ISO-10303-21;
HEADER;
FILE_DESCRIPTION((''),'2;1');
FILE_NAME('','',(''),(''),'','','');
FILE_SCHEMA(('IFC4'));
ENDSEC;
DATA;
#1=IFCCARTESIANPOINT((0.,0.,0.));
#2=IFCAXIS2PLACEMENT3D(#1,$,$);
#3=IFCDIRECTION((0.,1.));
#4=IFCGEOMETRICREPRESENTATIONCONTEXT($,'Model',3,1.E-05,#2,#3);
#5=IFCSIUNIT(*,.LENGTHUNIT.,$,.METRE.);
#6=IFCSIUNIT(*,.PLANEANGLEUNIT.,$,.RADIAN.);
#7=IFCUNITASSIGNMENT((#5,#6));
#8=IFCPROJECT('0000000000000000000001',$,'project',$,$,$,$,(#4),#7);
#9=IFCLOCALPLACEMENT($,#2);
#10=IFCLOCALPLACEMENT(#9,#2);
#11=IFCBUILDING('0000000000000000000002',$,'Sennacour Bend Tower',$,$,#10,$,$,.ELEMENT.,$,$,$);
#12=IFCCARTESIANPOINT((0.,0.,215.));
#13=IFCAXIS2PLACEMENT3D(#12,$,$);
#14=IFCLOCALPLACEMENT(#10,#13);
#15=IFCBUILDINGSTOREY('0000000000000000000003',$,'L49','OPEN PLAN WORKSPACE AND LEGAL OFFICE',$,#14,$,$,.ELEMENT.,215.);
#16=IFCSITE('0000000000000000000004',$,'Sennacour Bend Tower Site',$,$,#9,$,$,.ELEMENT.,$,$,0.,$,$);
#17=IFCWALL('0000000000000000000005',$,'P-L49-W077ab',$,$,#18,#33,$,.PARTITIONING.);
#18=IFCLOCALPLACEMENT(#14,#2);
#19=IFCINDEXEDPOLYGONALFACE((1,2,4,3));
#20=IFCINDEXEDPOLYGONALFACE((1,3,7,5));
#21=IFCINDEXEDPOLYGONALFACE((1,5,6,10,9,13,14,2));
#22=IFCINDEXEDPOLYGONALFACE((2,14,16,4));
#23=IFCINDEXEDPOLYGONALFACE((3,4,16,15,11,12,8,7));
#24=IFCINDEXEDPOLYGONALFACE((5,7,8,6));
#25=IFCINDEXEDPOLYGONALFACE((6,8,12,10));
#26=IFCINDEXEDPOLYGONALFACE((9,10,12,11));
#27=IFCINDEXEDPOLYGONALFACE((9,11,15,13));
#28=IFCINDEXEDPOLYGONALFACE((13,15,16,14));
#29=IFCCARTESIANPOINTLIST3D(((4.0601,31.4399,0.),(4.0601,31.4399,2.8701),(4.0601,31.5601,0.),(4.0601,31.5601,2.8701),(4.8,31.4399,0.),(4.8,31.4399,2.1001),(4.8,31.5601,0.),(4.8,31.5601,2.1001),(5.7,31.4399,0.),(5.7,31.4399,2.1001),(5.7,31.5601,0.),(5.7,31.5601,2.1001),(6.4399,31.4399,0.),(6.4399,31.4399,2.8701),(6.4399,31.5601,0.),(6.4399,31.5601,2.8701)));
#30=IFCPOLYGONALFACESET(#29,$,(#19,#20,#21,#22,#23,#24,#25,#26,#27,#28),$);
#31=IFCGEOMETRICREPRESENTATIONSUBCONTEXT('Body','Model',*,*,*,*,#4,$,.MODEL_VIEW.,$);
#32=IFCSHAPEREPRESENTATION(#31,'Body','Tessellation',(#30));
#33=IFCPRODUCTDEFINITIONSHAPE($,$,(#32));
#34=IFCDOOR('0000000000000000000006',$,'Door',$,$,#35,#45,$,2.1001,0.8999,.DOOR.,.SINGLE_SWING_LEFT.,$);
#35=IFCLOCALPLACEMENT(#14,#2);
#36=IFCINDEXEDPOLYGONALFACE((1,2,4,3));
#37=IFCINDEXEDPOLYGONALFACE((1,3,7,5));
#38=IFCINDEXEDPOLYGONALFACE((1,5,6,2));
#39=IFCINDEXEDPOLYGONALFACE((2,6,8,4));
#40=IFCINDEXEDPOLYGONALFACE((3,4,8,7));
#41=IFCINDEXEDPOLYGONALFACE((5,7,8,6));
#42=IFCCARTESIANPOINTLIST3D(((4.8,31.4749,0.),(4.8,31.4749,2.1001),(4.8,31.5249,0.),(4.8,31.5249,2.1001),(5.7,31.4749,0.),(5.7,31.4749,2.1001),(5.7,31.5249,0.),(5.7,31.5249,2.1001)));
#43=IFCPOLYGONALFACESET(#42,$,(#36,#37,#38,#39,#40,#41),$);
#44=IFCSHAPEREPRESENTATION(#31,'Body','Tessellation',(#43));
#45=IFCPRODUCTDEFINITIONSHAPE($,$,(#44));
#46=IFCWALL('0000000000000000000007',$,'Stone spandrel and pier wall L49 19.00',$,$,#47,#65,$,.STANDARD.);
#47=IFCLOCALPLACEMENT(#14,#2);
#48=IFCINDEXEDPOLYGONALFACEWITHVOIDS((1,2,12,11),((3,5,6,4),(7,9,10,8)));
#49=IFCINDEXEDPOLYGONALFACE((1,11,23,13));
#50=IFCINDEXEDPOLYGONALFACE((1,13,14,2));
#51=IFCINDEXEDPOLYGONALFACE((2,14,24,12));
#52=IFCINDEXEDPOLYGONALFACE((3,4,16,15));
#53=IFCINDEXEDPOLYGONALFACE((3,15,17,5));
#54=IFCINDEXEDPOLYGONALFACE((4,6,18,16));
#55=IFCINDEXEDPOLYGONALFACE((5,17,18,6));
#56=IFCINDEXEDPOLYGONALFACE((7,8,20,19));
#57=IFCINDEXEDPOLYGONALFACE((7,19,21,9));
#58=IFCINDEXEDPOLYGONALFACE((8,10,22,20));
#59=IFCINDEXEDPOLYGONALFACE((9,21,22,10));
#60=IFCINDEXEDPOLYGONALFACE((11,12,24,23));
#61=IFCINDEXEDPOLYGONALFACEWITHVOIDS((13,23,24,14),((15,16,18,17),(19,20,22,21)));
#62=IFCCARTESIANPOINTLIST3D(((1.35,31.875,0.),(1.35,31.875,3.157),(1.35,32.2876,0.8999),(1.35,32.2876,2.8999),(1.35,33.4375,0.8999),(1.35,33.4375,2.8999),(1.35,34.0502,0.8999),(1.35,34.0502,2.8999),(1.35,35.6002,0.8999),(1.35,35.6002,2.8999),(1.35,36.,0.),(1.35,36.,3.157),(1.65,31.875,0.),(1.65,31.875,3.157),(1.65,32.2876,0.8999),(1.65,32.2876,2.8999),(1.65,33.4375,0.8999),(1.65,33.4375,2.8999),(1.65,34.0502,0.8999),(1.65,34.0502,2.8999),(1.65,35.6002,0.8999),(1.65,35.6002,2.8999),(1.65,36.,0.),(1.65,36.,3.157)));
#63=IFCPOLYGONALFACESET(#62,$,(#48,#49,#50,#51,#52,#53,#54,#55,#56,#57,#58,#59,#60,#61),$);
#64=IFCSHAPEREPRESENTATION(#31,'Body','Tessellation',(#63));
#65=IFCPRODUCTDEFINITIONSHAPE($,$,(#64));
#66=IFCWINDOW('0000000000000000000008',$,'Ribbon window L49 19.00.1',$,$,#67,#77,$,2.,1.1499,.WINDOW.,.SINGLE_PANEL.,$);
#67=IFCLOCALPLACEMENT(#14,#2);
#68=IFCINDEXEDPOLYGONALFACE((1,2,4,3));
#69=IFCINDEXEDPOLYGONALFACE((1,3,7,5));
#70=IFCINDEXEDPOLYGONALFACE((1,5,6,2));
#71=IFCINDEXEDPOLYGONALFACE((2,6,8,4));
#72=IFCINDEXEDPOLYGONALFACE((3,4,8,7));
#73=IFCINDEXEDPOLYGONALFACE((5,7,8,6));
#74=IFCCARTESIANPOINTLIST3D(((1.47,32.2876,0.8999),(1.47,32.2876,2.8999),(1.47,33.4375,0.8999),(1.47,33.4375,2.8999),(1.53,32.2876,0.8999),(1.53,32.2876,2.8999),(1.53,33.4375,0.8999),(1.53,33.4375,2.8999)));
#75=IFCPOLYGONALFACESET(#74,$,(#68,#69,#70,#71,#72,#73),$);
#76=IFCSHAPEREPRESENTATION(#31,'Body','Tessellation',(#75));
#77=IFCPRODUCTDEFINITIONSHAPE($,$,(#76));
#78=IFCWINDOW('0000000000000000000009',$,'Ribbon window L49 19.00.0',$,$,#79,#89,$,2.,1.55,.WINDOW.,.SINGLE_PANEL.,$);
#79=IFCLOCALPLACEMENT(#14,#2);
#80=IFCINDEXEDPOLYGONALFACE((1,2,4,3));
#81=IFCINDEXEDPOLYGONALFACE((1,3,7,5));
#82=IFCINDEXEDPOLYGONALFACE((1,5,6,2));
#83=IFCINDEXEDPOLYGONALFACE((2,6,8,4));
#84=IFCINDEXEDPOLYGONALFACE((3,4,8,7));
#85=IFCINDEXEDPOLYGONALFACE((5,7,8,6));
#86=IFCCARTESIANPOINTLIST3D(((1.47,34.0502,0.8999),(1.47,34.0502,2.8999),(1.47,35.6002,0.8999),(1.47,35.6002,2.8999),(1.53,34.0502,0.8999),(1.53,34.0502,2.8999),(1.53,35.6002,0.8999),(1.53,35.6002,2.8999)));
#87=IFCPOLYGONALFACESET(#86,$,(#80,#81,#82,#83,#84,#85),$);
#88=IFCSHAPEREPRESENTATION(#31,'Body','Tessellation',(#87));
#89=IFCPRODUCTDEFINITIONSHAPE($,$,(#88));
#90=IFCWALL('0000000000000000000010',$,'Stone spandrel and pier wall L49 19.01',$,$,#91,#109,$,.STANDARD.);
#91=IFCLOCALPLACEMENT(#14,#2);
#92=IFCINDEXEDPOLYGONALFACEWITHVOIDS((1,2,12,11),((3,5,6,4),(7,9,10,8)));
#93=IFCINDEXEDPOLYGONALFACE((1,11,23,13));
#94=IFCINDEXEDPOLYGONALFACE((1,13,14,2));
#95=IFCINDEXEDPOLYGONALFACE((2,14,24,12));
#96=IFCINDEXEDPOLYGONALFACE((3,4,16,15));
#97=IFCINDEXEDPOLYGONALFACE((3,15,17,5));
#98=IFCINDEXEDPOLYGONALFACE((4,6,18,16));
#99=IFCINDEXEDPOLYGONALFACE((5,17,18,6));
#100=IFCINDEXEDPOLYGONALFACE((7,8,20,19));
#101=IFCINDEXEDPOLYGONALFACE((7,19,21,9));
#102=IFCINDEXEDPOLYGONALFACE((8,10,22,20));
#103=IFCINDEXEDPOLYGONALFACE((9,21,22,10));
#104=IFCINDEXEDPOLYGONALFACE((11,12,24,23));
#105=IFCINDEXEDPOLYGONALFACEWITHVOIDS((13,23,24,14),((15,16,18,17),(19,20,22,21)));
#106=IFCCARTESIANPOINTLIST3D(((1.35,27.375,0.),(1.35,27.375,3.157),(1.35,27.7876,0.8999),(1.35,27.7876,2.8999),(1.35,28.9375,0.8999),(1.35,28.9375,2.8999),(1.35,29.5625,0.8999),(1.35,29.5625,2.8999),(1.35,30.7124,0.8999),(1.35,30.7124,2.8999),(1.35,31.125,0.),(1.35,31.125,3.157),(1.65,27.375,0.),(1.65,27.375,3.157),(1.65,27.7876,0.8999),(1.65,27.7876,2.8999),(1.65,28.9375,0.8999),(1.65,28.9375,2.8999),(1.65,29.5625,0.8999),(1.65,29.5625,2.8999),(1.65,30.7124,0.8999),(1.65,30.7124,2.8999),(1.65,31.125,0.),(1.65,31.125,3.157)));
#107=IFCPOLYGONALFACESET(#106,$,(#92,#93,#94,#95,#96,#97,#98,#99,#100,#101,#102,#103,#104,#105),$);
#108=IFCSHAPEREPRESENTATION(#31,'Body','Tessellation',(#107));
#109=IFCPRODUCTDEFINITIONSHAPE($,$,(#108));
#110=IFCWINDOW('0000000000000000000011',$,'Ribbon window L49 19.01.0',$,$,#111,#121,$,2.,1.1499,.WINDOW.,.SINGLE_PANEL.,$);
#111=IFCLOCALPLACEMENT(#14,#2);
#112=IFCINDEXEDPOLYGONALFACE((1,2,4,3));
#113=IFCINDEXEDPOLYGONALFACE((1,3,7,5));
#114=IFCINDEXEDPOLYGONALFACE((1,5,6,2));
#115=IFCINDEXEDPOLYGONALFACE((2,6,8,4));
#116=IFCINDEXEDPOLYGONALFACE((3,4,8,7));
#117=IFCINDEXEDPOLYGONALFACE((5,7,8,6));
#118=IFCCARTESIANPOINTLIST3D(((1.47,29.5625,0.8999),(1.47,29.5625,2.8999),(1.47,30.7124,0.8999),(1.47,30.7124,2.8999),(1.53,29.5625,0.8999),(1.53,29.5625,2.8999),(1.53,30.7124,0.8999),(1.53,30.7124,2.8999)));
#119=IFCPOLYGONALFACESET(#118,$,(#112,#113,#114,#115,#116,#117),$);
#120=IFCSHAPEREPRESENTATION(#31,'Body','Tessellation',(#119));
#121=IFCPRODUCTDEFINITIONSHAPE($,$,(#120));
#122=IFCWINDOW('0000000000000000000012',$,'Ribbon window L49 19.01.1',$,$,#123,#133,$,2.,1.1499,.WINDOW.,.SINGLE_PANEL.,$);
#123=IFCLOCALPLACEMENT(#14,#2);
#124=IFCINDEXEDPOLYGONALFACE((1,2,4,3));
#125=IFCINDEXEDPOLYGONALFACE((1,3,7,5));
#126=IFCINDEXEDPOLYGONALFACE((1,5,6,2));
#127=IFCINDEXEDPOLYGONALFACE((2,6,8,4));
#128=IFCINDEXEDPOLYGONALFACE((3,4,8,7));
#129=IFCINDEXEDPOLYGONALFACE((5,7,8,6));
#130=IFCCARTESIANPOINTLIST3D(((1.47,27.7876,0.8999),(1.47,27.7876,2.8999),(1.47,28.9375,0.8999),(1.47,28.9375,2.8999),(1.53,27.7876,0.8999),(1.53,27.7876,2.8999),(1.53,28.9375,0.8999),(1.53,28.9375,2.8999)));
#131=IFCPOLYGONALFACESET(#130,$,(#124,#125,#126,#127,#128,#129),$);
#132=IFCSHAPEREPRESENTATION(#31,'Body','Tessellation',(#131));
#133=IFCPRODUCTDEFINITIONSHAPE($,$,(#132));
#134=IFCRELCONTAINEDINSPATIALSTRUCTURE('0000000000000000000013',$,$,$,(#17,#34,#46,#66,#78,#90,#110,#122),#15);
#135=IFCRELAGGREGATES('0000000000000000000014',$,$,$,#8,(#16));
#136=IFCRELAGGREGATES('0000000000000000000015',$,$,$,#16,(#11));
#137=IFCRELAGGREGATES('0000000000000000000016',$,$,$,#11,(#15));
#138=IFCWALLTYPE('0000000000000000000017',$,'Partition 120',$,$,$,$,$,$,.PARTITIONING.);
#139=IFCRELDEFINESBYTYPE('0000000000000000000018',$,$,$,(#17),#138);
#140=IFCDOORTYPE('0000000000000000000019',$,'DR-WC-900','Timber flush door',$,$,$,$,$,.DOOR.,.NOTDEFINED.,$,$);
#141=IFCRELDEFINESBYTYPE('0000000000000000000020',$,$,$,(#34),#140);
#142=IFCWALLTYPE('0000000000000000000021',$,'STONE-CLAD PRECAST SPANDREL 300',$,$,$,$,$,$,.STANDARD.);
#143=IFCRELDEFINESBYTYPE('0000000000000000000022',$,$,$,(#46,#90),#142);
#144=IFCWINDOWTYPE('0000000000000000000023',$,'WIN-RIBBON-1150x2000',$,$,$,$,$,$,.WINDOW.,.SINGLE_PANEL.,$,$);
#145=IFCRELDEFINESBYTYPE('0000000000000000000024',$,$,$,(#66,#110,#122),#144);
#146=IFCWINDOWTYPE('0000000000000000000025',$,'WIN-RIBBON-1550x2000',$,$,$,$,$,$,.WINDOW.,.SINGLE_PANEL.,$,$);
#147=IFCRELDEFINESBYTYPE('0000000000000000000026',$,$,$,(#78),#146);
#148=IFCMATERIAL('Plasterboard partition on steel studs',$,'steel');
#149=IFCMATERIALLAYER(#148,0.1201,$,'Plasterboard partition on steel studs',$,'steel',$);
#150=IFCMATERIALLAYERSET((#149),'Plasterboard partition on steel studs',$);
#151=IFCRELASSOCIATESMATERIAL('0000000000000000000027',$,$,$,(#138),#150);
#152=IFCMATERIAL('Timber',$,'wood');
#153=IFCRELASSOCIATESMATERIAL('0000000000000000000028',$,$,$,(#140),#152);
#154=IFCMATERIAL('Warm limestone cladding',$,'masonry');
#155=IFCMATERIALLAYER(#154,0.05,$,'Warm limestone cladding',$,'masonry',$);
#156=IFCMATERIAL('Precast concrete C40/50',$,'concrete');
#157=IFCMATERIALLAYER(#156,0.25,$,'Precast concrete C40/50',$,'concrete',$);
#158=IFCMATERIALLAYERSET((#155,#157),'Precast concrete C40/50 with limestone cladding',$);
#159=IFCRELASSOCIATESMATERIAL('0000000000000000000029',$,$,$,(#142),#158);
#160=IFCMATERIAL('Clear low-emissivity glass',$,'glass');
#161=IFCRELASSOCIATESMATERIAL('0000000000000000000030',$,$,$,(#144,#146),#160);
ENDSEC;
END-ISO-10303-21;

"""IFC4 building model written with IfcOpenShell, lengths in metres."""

from ifc_helpers import new_model, si_unit, direction, frame, frame_2d, origin, place, context, subcontext, project, spatial, rectangle, extrude, material, layer, layer_set, type_object, element, fill, save


model = new_model("IFC4")

# Units and contexts
model_context = context("Model", 3, precision=1e-05, world=origin(), true_north=direction((0.0, 1.0)))
body_context = subcontext(model_context, "Body", "Model", "MODEL_VIEW")
ifc_project = project(units=[si_unit("LENGTHUNIT", "METRE"), si_unit("PLANEANGLEUNIT", "RADIAN")], contexts=[model_context])

# Site, building, storey
site_placement = place(None, origin())
site = spatial("IfcSite", under=ifc_project, at=site_placement, Name="Sennacour Bend Tower Site", CompositionType="ELEMENT", RefElevation=0.0)
building_placement = place(site_placement, origin())
building = spatial("IfcBuilding", under=site, at=building_placement, Name="Sennacour Bend Tower", CompositionType="ELEMENT")
storey_placement = place(building_placement, frame((0.0, 0.0, 215.0)))
storey = spatial("IfcBuildingStorey", under=building, at=storey_placement, Name="L49", Description="OPEN PLAN WORKSPACE AND LEGAL OFFICE", CompositionType="ELEMENT", Elevation=215.0)

# Shared definitions
ifc_material_1 = material(Name="Plasterboard partition on steel studs", Category="steel")
ifc_layer_1 = layer(ifc_material_1, 0.1201, Name="Plasterboard partition on steel studs", Category="steel")
ifc_layer_set_1 = layer_set([ifc_layer_1], Name="Plasterboard partition on steel studs")
wall_type_1 = type_object("IfcWallType", Name="Partition 120", PredefinedType="PARTITIONING", material=ifc_layer_set_1)

# Wall, opening, door
ifc_material_2 = material(Name="Timber", Category="wood")
door_type_1 = type_object("IfcDoorType", Name="DR-WC-900", Description="Timber flush door", OperationType="NOTDEFINED", PredefinedType="DOOR", material=ifc_material_2)
wall_1_placement = place(storey_placement, frame((4.0601, 31.5, 0.0), z_axis=(0.0, 0.0, 1.0), x_axis=(1.0, 0.0, 0.0)))
wall_1 = element("IfcWall", 1, at=wall_1_placement, inside=storey, type_object=wall_type_1, Name="P-L49-W077ab", PredefinedType="PARTITIONING", context=body_context, shape_type="SweptSolid", body=[
    extrude(rectangle(XDim=2.3799, YDim=0.1201, at=frame_2d((1.1899, 0.0))), origin(), (0.0, 0.0, 1.0), 2.8701),
])
opening_1_placement = place(wall_1_placement, frame((0.74, 0.0, 0.0)))
opening_1 = element("IfcOpeningElement", 2, at=opening_1_placement, cuts=wall_1, PredefinedType="OPENING", context=body_context, shape_type="SweptSolid", body=[
    extrude(rectangle(XDim=0.8999, YDim=2.1001, at=frame_2d((0.45, 1.05))), frame((0.0, 0.0701, 0.0), z_axis=(0.0, -1.0, 0.0), x_axis=(1.0, 0.0, 0.0)), (0.0, 0.0, 1.0), 0.1401),
])
door_1_placement = place(opening_1_placement, origin())
door_1 = element("IfcDoor", 3, at=door_1_placement, inside=storey, type_object=door_type_1, Name="Door", OperationType="SINGLE_SWING_LEFT", OverallHeight=2.1001, OverallWidth=0.8999, PredefinedType="DOOR", context=body_context, shape_type="SweptSolid", body=[
    extrude(rectangle(XDim=0.8999, YDim=2.1001, at=frame_2d((0.45, 1.05))), frame((0.0, 0.0249, 0.0), z_axis=(0.0, -1.0, 0.0), x_axis=(1.0, 0.0, 0.0)), (0.0, 0.0, 1.0), 0.05),
])
fill(opening_1, door_1)

# Walls, openings, windows
ifc_material_3 = material(Name="Warm limestone cladding", Category="masonry")
ifc_layer_2 = layer(ifc_material_3, 0.05, Name="Warm limestone cladding", Category="masonry")
ifc_material_4 = material(Name="Precast concrete C40/50", Category="concrete")
ifc_layer_3 = layer(ifc_material_4, 0.25, Name="Precast concrete C40/50", Category="concrete")
ifc_layer_set_2 = layer_set([ifc_layer_2, ifc_layer_3], Name="Precast concrete C40/50 with limestone cladding")
wall_type_2 = type_object("IfcWallType", Name="STONE-CLAD PRECAST SPANDREL 300", PredefinedType="STANDARD", material=ifc_layer_set_2)
wall_2_placement = place(storey_placement, frame((1.5, 36.0, 0.0), z_axis=(0.0, 0.0, 1.0), x_axis=(0.0, -1.0, 0.0)))
wall_2 = element("IfcWall", 4, at=wall_2_placement, inside=storey, type_object=wall_type_2, Name="Stone spandrel and pier wall L49 19.00", PredefinedType="STANDARD", context=body_context, shape_type="SweptSolid", body=[
    extrude(rectangle(XDim=4.125, YDim=0.3, at=frame_2d((2.0625, 0.0))), origin(), (0.0, 0.0, 1.0), 3.157),
])
opening_2_placement = place(wall_2_placement, frame((0.3999, 0.0, 0.8999)))
opening_2 = element("IfcOpeningElement", 5, at=opening_2_placement, cuts=wall_2, PredefinedType="OPENING", context=body_context, shape_type="SweptSolid", body=[
    extrude(rectangle(XDim=1.55, YDim=2.0, at=frame_2d((0.7749, 1.0))), frame((0.0, 0.1602, 0.0), z_axis=(0.0, -1.0, 0.0), x_axis=(1.0, 0.0, 0.0)), (0.0, 0.0, 1.0), 0.3201),
])
opening_3_placement = place(wall_2_placement, frame((2.5625, 0.0, 0.8999)))
opening_3 = element("IfcOpeningElement", 6, at=opening_3_placement, cuts=wall_2, PredefinedType="OPENING", context=body_context, shape_type="SweptSolid", body=[
    extrude(rectangle(XDim=1.1499, YDim=2.0, at=frame_2d((0.575, 1.0))), frame((0.0, 0.1602, 0.0), z_axis=(0.0, -1.0, 0.0), x_axis=(1.0, 0.0, 0.0)), (0.0, 0.0, 1.0), 0.3201),
])
ifc_material_5 = material(Name="Clear low-emissivity glass", Category="glass")
window_type_1 = type_object("IfcWindowType", Name="WIN-RIBBON-1150x2000", PartitioningType="SINGLE_PANEL", PredefinedType="WINDOW", material=ifc_material_5)
window_1_placement = place(opening_3_placement, origin())
window_1 = element("IfcWindow", 7, at=window_1_placement, inside=storey, type_object=window_type_1, Name="Ribbon window L49 19.00.1", OverallHeight=2.0, OverallWidth=1.1499, PartitioningType="SINGLE_PANEL", PredefinedType="WINDOW", context=body_context, shape_type="SweptSolid", body=[
    extrude(rectangle(XDim=1.1499, YDim=2.0, at=frame_2d((0.575, 1.0))), frame((0.0, 0.03, 0.0), z_axis=(0.0, -1.0, 0.0), x_axis=(1.0, 0.0, 0.0)), (0.0, 0.0, 1.0), 0.0601),
])
fill(opening_3, window_1)
window_type_2 = type_object("IfcWindowType", Name="WIN-RIBBON-1550x2000", PartitioningType="SINGLE_PANEL", PredefinedType="WINDOW", material=ifc_material_5)
window_2_placement = place(opening_2_placement, origin())
window_2 = element("IfcWindow", 8, at=window_2_placement, inside=storey, type_object=window_type_2, Name="Ribbon window L49 19.00.0", OverallHeight=2.0, OverallWidth=1.55, PartitioningType="SINGLE_PANEL", PredefinedType="WINDOW", context=body_context, shape_type="SweptSolid", body=[
    extrude(rectangle(XDim=1.55, YDim=2.0, at=frame_2d((0.7749, 1.0))), frame((0.0, 0.03, 0.0), z_axis=(0.0, -1.0, 0.0), x_axis=(1.0, 0.0, 0.0)), (0.0, 0.0, 1.0), 0.0601),
])
fill(opening_2, window_2)
wall_3_placement = place(storey_placement, frame((1.5, 31.125, 0.0), z_axis=(0.0, 0.0, 1.0), x_axis=(0.0, -1.0, 0.0)))
wall_3 = element("IfcWall", 9, at=wall_3_placement, inside=storey, type_object=wall_type_2, Name="Stone spandrel and pier wall L49 19.01", PredefinedType="STANDARD", context=body_context, shape_type="SweptSolid", body=[
    extrude(rectangle(XDim=3.75, YDim=0.3, at=frame_2d((1.875, 0.0))), origin(), (0.0, 0.0, 1.0), 3.157),
])
opening_4_placement = place(wall_3_placement, frame((0.4126, 0.0, 0.8999)))
opening_4 = element("IfcOpeningElement", 10, at=opening_4_placement, cuts=wall_3, PredefinedType="OPENING", context=body_context, shape_type="SweptSolid", body=[
    extrude(rectangle(XDim=1.1499, YDim=2.0, at=frame_2d((0.575, 1.0))), frame((0.0, 0.1602, 0.0), z_axis=(0.0, -1.0, 0.0), x_axis=(1.0, 0.0, 0.0)), (0.0, 0.0, 1.0), 0.3201),
])
opening_5_placement = place(wall_3_placement, frame((2.1875, 0.0, 0.8999)))
opening_5 = element("IfcOpeningElement", 11, at=opening_5_placement, cuts=wall_3, PredefinedType="OPENING", context=body_context, shape_type="SweptSolid", body=[
    extrude(rectangle(XDim=1.1499, YDim=2.0, at=frame_2d((0.575, 1.0))), frame((0.0, 0.1602, 0.0), z_axis=(0.0, -1.0, 0.0), x_axis=(1.0, 0.0, 0.0)), (0.0, 0.0, 1.0), 0.3201),
])
window_3_placement = place(opening_4_placement, origin())
window_3 = element("IfcWindow", 12, at=window_3_placement, inside=storey, type_object=window_type_1, Name="Ribbon window L49 19.01.0", OverallHeight=2.0, OverallWidth=1.1499, PartitioningType="SINGLE_PANEL", PredefinedType="WINDOW", context=body_context, shape_type="SweptSolid", body=[
    extrude(rectangle(XDim=1.1499, YDim=2.0, at=frame_2d((0.575, 1.0))), frame((0.0, 0.03, 0.0), z_axis=(0.0, -1.0, 0.0), x_axis=(1.0, 0.0, 0.0)), (0.0, 0.0, 1.0), 0.0601),
])
fill(opening_4, window_3)
window_4_placement = place(opening_5_placement, origin())
window_4 = element("IfcWindow", 13, at=window_4_placement, inside=storey, type_object=window_type_1, Name="Ribbon window L49 19.01.1", OverallHeight=2.0, OverallWidth=1.1499, PartitioningType="SINGLE_PANEL", PredefinedType="WINDOW", context=body_context, shape_type="SweptSolid", body=[
    extrude(rectangle(XDim=1.1499, YDim=2.0, at=frame_2d((0.575, 1.0))), frame((0.0, 0.03, 0.0), z_axis=(0.0, -1.0, 0.0), x_axis=(1.0, 0.0, 0.0)), (0.0, 0.0, 1.0), 0.0601),
])
fill(opening_5, window_4)

save(model, "model.ifc")
